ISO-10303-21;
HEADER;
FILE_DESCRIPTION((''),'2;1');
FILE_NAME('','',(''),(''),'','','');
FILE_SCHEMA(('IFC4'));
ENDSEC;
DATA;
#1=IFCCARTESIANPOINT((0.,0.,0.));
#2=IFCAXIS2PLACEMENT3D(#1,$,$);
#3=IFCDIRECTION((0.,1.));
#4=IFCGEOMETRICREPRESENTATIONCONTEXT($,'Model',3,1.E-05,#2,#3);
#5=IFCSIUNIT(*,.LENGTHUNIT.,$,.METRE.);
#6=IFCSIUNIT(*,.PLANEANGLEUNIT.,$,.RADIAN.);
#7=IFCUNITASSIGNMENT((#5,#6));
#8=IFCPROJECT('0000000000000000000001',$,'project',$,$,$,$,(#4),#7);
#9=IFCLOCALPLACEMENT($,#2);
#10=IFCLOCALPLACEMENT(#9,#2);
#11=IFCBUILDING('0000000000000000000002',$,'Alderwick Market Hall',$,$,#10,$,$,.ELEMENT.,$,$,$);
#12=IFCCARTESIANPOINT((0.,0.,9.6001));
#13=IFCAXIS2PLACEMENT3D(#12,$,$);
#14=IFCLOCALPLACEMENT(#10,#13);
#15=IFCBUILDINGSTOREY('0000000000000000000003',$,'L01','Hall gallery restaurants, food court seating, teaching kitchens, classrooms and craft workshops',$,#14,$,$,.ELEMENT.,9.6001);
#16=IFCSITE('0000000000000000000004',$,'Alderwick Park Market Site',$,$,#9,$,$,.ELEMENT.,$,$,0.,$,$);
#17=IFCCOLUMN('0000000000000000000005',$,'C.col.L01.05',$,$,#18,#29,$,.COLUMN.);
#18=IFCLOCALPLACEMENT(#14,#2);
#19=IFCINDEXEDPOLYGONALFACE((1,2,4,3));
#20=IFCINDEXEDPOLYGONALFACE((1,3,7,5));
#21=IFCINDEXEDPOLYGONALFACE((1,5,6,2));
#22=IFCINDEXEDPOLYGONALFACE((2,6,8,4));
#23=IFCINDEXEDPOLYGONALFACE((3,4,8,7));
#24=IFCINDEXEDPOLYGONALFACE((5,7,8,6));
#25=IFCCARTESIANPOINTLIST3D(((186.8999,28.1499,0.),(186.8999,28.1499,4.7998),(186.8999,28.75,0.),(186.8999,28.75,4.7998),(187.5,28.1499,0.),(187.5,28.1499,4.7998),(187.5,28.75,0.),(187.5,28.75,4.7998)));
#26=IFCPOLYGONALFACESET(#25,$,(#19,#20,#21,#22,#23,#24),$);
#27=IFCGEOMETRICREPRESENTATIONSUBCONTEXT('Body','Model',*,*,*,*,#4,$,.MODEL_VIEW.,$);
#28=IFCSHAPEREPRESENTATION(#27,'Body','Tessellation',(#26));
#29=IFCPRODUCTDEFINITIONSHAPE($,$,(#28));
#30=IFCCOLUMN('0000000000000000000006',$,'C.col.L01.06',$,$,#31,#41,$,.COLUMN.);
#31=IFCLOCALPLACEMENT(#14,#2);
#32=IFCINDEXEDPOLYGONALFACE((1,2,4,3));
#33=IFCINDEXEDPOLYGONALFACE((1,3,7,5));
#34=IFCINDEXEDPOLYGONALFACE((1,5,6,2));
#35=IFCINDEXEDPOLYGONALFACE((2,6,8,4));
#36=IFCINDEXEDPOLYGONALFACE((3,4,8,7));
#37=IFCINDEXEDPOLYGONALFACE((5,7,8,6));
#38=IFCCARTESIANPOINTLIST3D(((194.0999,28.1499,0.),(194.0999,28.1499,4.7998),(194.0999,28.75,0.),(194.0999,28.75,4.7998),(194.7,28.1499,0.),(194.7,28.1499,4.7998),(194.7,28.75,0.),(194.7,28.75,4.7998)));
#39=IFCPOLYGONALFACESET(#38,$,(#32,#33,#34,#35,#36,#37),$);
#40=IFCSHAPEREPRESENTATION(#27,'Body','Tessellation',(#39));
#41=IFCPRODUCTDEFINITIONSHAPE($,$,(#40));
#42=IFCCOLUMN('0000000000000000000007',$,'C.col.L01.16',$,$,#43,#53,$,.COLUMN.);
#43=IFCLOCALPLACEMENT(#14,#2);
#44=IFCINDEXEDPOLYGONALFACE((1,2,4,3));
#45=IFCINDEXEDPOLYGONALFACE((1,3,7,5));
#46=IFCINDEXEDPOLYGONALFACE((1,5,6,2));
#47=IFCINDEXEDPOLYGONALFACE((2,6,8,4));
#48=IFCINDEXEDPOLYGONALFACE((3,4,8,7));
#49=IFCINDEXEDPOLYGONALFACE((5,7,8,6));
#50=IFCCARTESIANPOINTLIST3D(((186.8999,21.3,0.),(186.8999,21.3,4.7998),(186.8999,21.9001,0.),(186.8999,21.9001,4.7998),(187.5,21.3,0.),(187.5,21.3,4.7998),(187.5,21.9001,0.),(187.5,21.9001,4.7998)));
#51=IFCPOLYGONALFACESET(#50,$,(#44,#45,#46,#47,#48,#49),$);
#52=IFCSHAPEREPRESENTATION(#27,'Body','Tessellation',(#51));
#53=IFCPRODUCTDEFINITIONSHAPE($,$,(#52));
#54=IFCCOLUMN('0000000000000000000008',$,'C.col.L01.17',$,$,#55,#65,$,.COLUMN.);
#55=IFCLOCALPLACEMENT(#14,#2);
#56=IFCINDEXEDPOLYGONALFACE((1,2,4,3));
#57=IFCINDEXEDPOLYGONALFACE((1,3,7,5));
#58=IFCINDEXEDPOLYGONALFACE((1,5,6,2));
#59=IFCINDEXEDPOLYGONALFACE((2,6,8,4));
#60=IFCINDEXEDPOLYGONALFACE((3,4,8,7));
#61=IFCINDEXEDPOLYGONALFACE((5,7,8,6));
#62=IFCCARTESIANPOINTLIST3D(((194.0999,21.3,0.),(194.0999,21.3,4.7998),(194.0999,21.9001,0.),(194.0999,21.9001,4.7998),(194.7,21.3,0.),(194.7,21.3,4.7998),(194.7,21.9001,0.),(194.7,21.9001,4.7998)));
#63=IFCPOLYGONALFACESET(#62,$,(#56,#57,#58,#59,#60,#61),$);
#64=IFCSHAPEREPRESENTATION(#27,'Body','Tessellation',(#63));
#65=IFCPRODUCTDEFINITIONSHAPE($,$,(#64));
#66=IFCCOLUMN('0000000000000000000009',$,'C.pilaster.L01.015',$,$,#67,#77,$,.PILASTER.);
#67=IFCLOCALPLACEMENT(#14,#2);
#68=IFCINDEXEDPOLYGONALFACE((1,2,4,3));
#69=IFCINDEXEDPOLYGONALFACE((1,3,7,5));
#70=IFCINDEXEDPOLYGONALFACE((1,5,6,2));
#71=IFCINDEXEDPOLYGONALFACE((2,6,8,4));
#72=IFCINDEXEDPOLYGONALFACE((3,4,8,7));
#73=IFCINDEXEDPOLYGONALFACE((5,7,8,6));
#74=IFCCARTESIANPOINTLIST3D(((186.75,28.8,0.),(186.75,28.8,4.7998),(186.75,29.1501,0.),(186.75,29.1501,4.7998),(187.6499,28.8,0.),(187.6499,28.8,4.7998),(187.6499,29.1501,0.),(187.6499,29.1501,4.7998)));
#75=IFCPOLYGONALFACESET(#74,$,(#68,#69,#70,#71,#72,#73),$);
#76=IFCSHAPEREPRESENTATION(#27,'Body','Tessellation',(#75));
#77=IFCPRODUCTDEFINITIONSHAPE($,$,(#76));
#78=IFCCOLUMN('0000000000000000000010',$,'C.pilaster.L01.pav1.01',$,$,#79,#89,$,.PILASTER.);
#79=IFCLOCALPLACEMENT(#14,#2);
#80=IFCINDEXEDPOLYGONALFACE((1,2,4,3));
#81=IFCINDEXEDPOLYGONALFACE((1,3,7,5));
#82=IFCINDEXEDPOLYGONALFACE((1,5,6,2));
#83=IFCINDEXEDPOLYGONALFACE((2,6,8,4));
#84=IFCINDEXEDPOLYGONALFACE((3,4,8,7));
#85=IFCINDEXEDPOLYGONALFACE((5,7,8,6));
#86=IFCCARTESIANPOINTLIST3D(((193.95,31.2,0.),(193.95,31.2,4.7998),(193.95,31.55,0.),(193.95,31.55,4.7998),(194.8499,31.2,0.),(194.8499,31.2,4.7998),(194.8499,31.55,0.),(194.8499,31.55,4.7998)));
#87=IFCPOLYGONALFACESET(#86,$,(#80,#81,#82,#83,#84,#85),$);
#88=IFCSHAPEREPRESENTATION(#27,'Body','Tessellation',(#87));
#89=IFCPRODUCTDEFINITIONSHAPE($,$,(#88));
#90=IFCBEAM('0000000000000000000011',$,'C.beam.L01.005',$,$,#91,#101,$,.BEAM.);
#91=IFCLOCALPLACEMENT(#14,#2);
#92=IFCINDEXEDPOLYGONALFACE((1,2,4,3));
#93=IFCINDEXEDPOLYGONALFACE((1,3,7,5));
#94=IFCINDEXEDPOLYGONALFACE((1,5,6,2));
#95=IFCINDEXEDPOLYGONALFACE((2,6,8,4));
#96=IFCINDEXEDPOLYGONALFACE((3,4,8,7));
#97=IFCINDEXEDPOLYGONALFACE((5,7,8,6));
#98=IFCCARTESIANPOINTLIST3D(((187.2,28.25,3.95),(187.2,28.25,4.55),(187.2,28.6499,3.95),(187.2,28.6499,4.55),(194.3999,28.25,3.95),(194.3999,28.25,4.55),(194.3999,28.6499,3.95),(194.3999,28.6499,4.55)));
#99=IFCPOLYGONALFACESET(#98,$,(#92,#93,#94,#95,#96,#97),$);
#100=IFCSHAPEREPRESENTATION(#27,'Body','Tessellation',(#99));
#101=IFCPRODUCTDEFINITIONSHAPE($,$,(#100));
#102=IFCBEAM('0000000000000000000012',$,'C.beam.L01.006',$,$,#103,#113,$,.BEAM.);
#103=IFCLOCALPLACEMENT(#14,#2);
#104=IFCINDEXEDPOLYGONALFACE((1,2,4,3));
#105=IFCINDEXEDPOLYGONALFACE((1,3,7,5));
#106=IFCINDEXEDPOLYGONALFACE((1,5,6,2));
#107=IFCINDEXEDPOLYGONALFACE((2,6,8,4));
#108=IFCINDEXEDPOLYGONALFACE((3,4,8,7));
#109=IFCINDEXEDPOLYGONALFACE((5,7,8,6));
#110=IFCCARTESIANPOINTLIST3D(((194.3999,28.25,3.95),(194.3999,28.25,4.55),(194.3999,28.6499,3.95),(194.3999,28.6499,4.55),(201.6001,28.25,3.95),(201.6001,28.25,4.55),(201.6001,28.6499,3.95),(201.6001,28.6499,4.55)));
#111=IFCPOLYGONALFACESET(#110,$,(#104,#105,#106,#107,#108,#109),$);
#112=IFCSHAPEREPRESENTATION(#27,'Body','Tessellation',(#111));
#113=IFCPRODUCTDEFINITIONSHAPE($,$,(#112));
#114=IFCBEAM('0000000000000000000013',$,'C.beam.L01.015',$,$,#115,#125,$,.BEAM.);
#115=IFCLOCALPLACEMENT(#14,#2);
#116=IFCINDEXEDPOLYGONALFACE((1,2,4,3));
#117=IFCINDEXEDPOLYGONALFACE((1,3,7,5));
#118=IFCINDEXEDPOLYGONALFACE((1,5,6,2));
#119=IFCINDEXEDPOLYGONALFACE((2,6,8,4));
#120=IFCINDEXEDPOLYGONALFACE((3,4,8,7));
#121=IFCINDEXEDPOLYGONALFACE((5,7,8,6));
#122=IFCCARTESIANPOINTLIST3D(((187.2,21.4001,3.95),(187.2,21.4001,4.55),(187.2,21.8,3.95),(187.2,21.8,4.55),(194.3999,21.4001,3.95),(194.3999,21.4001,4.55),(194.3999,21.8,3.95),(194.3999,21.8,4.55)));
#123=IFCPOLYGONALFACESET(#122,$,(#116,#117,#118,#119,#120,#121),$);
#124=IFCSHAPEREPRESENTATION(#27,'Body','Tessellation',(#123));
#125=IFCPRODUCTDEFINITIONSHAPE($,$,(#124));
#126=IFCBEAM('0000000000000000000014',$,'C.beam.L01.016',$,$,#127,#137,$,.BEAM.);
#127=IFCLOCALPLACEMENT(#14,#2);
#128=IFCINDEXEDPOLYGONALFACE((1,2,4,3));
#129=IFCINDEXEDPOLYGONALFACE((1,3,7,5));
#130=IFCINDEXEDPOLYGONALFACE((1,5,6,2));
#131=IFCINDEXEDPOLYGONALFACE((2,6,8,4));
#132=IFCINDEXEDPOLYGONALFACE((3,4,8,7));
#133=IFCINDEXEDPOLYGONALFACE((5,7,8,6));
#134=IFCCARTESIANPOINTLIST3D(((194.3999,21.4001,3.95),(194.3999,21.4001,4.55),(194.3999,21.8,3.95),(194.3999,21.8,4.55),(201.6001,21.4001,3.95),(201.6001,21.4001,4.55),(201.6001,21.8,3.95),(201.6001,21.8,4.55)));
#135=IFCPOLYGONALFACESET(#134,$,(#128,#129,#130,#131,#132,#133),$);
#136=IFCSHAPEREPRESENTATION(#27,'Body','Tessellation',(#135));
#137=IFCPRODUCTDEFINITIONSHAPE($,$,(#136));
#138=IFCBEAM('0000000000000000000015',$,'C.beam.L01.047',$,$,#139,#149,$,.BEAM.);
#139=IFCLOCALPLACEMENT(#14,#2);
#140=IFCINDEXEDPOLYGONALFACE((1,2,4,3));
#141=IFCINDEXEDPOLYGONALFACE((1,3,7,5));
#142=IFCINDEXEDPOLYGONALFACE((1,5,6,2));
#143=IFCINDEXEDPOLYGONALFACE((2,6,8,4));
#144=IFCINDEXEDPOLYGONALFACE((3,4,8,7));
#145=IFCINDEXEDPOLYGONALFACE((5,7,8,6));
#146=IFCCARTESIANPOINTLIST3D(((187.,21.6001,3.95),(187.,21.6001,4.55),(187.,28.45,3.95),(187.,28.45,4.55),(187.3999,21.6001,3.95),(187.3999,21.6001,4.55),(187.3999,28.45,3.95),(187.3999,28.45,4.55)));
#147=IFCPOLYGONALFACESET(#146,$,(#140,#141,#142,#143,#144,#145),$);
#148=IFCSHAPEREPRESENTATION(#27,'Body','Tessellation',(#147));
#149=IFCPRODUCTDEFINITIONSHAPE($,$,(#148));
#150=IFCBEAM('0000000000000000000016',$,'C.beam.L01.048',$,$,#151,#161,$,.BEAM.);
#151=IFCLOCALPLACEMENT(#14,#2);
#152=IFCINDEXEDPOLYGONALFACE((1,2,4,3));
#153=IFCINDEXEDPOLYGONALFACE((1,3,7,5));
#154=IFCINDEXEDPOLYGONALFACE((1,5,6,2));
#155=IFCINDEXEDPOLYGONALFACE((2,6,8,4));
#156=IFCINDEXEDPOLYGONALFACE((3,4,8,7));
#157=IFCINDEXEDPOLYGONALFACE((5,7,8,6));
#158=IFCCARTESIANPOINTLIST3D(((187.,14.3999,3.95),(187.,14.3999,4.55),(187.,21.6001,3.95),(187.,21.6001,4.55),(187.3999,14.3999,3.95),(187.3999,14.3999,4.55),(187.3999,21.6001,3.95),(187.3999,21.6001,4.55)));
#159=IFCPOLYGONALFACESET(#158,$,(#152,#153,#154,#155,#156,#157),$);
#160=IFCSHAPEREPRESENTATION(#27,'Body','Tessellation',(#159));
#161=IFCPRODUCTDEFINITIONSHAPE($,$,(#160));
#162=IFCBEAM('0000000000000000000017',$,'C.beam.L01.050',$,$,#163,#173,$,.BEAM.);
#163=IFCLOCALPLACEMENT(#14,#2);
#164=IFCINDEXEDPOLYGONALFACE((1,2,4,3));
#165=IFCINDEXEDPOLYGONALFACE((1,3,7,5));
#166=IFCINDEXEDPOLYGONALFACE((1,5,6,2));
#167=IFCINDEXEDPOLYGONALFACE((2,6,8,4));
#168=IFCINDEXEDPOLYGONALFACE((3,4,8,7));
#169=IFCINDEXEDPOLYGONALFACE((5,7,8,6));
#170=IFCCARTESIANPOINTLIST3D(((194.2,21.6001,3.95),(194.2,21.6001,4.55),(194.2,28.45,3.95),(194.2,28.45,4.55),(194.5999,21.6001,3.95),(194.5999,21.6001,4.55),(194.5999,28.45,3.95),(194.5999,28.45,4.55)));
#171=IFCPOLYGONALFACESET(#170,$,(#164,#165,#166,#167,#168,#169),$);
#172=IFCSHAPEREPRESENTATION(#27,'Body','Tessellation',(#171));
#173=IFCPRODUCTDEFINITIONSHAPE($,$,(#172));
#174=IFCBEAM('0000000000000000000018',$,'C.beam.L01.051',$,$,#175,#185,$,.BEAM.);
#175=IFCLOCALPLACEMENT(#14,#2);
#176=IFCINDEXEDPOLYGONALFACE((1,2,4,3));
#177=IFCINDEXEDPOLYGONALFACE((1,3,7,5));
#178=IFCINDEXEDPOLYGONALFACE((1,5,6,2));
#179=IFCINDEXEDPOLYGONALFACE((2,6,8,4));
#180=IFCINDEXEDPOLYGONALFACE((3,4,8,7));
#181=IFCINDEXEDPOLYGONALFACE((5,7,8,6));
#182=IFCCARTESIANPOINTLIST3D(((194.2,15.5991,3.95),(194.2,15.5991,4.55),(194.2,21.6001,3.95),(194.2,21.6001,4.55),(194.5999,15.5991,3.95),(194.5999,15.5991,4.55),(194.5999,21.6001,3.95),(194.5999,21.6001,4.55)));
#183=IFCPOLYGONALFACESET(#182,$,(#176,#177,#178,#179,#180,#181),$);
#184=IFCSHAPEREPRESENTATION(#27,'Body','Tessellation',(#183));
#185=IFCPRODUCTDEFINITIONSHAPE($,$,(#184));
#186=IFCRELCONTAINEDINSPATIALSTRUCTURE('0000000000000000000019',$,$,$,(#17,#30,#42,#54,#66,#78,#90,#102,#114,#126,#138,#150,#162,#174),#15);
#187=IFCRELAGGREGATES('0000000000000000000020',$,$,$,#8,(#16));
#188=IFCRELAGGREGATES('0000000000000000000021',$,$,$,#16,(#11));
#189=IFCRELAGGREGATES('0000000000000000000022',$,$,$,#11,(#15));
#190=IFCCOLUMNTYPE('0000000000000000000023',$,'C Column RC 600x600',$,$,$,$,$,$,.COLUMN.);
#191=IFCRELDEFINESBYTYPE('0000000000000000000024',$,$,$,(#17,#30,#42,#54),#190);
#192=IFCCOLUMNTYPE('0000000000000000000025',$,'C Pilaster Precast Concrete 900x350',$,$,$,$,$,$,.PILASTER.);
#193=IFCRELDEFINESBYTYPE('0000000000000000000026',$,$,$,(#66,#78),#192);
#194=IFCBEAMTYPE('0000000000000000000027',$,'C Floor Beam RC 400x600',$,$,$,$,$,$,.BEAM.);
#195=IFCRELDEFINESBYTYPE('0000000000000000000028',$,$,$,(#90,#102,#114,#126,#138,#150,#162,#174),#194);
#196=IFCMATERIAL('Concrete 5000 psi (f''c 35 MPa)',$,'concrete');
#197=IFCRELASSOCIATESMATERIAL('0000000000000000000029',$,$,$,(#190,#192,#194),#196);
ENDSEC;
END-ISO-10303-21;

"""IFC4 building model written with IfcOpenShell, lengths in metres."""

from ifc_helpers import new_model, si_unit, direction, frame, origin, origin_2d, place, context, subcontext, project, spatial, rectangle, extrude, material, material_profile, profile_set, type_object, element, save


model = new_model("IFC4")

# Units and contexts
model_context = context("Model", 3, precision=1e-05, world=origin(), true_north=direction((0.0, 1.0)))
body_context = subcontext(model_context, "Body", "Model", "MODEL_VIEW")
ifc_project = project(units=[si_unit("LENGTHUNIT", "METRE"), si_unit("PLANEANGLEUNIT", "RADIAN")], contexts=[model_context])

# Site, building, storey
site_placement = place(None, origin())
site = spatial("IfcSite", under=ifc_project, at=site_placement, Name="Alderwick Park Market Site", CompositionType="ELEMENT", RefElevation=0.0)
building_placement = place(site_placement, origin())
building = spatial("IfcBuilding", under=site, at=building_placement, Name="Alderwick Market Hall", CompositionType="ELEMENT")
storey_placement = place(building_placement, frame((0.0, 0.0, 9.6001)))
storey = spatial("IfcBuildingStorey", under=building, at=storey_placement, Name="L01", Description="Hall gallery restaurants, food court seating, teaching kitchens, classrooms and craft workshops", CompositionType="ELEMENT", Elevation=9.6001)

# Columns
ifc_material_1 = material(Name="Concrete 5000 psi (f'c 35 MPa)", Category="concrete")
ifc_material_profile_1 = material_profile(ifc_material_1, rectangle(XDim=0.6001, YDim=0.6001, at=origin_2d()), Name="RC 600x600")
ifc_profile_set_1 = profile_set([ifc_material_profile_1], Name="Concrete 5000 psi (f'c 35 MPa)")
column_type_1 = type_object("IfcColumnType", Name="C Column RC 600x600", PredefinedType="COLUMN", material=ifc_profile_set_1)
for number, where, z_axis, x_axis, name in (
    (1, (187.2, 28.45, 0.0), (0.0, 0.0, 1.0), (1.0, 0.0, 0.0), "C.col.L01.05"),
    (2, (194.3999, 28.45, 0.0), (0.0, 0.0, 1.0), (1.0, 0.0, 0.0), "C.col.L01.06"),
    (3, (187.2, 21.6001, 0.0), (0.0, 0.0, 1.0), (1.0, 0.0, 0.0), "C.col.L01.16"),
    (4, (194.3999, 21.6001, 0.0), (0.0, 0.0, 1.0), (1.0, 0.0, 0.0), "C.col.L01.17"),
):
    element("IfcColumn", number, at=place(storey_placement, frame(where, z_axis=z_axis, x_axis=x_axis)), inside=storey, type_object=column_type_1, Name=name, PredefinedType="COLUMN", context=body_context, shape_type="SweptSolid", body=[
        extrude(rectangle(XDim=0.6001, YDim=0.6001, at=origin_2d()), origin(), (0.0, 0.0, 1.0), 4.7998),
    ])
ifc_material_profile_2 = material_profile(ifc_material_1, rectangle(XDim=0.8999, YDim=0.3501, at=origin_2d()), Name="PC 900x350")
ifc_profile_set_2 = profile_set([ifc_material_profile_2], Name="Concrete 5000 psi (f'c 35 MPa)")
column_type_2 = type_object("IfcColumnType", Name="C Pilaster Precast Concrete 900x350", PredefinedType="PILASTER", material=ifc_profile_set_2)
for number, where, z_axis, x_axis, name in (
    (5, (187.2, 28.9751, 0.0), (0.0, 0.0, 1.0), (1.0, 0.0, 0.0), "C.pilaster.L01.015"),
    (6, (194.3999, 31.375, 0.0), (0.0, 0.0, 1.0), (1.0, 0.0, 0.0), "C.pilaster.L01.pav1.01"),
):
    element("IfcColumn", number, at=place(storey_placement, frame(where, z_axis=z_axis, x_axis=x_axis)), inside=storey, type_object=column_type_2, Name=name, PredefinedType="PILASTER", context=body_context, shape_type="SweptSolid", body=[
        extrude(rectangle(XDim=0.8999, YDim=0.3501, at=origin_2d()), origin(), (0.0, 0.0, 1.0), 4.7998),
    ])

# Beams
ifc_material_profile_3 = material_profile(ifc_material_1, rectangle(XDim=0.3999, YDim=0.6001, at=origin_2d()), Name="RC 400x600")
ifc_profile_set_3 = profile_set([ifc_material_profile_3], Name="Concrete 5000 psi (f'c 35 MPa)")
beam_type = type_object("IfcBeamType", Name="C Floor Beam RC 400x600", PredefinedType="BEAM", material=ifc_profile_set_3)
beam_1_placement = place(storey_placement, frame((187.2, 28.45, 4.25), z_axis=(1.0, 0.0, 0.0), x_axis=(0.0, 1.0, 0.0)))
element("IfcBeam", 7, at=beam_1_placement, inside=storey, type_object=beam_type, Name="C.beam.L01.005", PredefinedType="BEAM", context=body_context, shape_type="SweptSolid", body=[
    extrude(rectangle(XDim=0.3999, YDim=0.6001, at=origin_2d()), origin(), (0.0, 0.0, 1.0), 7.2),
])
beam_2_placement = place(storey_placement, frame((194.3999, 28.45, 4.25), z_axis=(1.0, 0.0, 0.0), x_axis=(0.0, 1.0, 0.0)))
element("IfcBeam", 8, at=beam_2_placement, inside=storey, type_object=beam_type, Name="C.beam.L01.006", PredefinedType="BEAM", context=body_context, shape_type="SweptSolid", body=[
    extrude(rectangle(XDim=0.3999, YDim=0.6001, at=origin_2d()), origin(), (0.0, 0.0, 1.0), 7.2002),
])
beam_3_placement = place(storey_placement, frame((187.2, 21.6001, 4.25), z_axis=(1.0, 0.0, 0.0), x_axis=(0.0, 1.0, 0.0)))
element("IfcBeam", 9, at=beam_3_placement, inside=storey, type_object=beam_type, Name="C.beam.L01.015", PredefinedType="BEAM", context=body_context, shape_type="SweptSolid", body=[
    extrude(rectangle(XDim=0.3999, YDim=0.6001, at=origin_2d()), origin(), (0.0, 0.0, 1.0), 7.2),
])
beam_4_placement = place(storey_placement, frame((194.3999, 21.6001, 4.25), z_axis=(1.0, 0.0, 0.0), x_axis=(0.0, 1.0, 0.0)))
element("IfcBeam", 10, at=beam_4_placement, inside=storey, type_object=beam_type, Name="C.beam.L01.016", PredefinedType="BEAM", context=body_context, shape_type="SweptSolid", body=[
    extrude(rectangle(XDim=0.3999, YDim=0.6001, at=origin_2d()), origin(), (0.0, 0.0, 1.0), 7.2002),
])
beam_5_placement = place(storey_placement, frame((187.2, 28.45, 4.25), z_axis=(0.0, -1.0, 0.0), x_axis=(1.0, 0.0, 0.0)))
element("IfcBeam", 11, at=beam_5_placement, inside=storey, type_object=beam_type, Name="C.beam.L01.047", PredefinedType="BEAM", context=body_context, shape_type="SweptSolid", body=[
    extrude(rectangle(XDim=0.3999, YDim=0.6001, at=origin_2d()), origin(), (0.0, 0.0, 1.0), 6.8499),
])
beam_6_placement = place(storey_placement, frame((187.2, 21.6001, 4.25), z_axis=(0.0, -1.0, 0.0), x_axis=(1.0, 0.0, 0.0)))
element("IfcBeam", 12, at=beam_6_placement, inside=storey, type_object=beam_type, Name="C.beam.L01.048", PredefinedType="BEAM", context=body_context, shape_type="SweptSolid", body=[
    extrude(rectangle(XDim=0.3999, YDim=0.6001, at=origin_2d()), origin(), (0.0, 0.0, 1.0), 7.2002),
])
beam_7_placement = place(storey_placement, frame((194.3999, 28.45, 4.25), z_axis=(0.0, -1.0, 0.0), x_axis=(1.0, 0.0, 0.0)))
element("IfcBeam", 13, at=beam_7_placement, inside=storey, type_object=beam_type, Name="C.beam.L01.050", PredefinedType="BEAM", context=body_context, shape_type="SweptSolid", body=[
    extrude(rectangle(XDim=0.3999, YDim=0.6001, at=origin_2d()), origin(), (0.0, 0.0, 1.0), 6.8499),
])
beam_8_placement = place(storey_placement, frame((194.3999, 21.6001, 4.25), z_axis=(0.0, -1.0, 0.0), x_axis=(1.0, 0.0, 0.0)))
element("IfcBeam", 14, at=beam_8_placement, inside=storey, type_object=beam_type, Name="C.beam.L01.051", PredefinedType="BEAM", context=body_context, shape_type="SweptSolid", body=[
    extrude(rectangle(XDim=0.3999, YDim=0.6001, at=origin_2d()), origin(), (0.0, 0.0, 1.0), 6.001),
])

save(model, "model.ifc")
